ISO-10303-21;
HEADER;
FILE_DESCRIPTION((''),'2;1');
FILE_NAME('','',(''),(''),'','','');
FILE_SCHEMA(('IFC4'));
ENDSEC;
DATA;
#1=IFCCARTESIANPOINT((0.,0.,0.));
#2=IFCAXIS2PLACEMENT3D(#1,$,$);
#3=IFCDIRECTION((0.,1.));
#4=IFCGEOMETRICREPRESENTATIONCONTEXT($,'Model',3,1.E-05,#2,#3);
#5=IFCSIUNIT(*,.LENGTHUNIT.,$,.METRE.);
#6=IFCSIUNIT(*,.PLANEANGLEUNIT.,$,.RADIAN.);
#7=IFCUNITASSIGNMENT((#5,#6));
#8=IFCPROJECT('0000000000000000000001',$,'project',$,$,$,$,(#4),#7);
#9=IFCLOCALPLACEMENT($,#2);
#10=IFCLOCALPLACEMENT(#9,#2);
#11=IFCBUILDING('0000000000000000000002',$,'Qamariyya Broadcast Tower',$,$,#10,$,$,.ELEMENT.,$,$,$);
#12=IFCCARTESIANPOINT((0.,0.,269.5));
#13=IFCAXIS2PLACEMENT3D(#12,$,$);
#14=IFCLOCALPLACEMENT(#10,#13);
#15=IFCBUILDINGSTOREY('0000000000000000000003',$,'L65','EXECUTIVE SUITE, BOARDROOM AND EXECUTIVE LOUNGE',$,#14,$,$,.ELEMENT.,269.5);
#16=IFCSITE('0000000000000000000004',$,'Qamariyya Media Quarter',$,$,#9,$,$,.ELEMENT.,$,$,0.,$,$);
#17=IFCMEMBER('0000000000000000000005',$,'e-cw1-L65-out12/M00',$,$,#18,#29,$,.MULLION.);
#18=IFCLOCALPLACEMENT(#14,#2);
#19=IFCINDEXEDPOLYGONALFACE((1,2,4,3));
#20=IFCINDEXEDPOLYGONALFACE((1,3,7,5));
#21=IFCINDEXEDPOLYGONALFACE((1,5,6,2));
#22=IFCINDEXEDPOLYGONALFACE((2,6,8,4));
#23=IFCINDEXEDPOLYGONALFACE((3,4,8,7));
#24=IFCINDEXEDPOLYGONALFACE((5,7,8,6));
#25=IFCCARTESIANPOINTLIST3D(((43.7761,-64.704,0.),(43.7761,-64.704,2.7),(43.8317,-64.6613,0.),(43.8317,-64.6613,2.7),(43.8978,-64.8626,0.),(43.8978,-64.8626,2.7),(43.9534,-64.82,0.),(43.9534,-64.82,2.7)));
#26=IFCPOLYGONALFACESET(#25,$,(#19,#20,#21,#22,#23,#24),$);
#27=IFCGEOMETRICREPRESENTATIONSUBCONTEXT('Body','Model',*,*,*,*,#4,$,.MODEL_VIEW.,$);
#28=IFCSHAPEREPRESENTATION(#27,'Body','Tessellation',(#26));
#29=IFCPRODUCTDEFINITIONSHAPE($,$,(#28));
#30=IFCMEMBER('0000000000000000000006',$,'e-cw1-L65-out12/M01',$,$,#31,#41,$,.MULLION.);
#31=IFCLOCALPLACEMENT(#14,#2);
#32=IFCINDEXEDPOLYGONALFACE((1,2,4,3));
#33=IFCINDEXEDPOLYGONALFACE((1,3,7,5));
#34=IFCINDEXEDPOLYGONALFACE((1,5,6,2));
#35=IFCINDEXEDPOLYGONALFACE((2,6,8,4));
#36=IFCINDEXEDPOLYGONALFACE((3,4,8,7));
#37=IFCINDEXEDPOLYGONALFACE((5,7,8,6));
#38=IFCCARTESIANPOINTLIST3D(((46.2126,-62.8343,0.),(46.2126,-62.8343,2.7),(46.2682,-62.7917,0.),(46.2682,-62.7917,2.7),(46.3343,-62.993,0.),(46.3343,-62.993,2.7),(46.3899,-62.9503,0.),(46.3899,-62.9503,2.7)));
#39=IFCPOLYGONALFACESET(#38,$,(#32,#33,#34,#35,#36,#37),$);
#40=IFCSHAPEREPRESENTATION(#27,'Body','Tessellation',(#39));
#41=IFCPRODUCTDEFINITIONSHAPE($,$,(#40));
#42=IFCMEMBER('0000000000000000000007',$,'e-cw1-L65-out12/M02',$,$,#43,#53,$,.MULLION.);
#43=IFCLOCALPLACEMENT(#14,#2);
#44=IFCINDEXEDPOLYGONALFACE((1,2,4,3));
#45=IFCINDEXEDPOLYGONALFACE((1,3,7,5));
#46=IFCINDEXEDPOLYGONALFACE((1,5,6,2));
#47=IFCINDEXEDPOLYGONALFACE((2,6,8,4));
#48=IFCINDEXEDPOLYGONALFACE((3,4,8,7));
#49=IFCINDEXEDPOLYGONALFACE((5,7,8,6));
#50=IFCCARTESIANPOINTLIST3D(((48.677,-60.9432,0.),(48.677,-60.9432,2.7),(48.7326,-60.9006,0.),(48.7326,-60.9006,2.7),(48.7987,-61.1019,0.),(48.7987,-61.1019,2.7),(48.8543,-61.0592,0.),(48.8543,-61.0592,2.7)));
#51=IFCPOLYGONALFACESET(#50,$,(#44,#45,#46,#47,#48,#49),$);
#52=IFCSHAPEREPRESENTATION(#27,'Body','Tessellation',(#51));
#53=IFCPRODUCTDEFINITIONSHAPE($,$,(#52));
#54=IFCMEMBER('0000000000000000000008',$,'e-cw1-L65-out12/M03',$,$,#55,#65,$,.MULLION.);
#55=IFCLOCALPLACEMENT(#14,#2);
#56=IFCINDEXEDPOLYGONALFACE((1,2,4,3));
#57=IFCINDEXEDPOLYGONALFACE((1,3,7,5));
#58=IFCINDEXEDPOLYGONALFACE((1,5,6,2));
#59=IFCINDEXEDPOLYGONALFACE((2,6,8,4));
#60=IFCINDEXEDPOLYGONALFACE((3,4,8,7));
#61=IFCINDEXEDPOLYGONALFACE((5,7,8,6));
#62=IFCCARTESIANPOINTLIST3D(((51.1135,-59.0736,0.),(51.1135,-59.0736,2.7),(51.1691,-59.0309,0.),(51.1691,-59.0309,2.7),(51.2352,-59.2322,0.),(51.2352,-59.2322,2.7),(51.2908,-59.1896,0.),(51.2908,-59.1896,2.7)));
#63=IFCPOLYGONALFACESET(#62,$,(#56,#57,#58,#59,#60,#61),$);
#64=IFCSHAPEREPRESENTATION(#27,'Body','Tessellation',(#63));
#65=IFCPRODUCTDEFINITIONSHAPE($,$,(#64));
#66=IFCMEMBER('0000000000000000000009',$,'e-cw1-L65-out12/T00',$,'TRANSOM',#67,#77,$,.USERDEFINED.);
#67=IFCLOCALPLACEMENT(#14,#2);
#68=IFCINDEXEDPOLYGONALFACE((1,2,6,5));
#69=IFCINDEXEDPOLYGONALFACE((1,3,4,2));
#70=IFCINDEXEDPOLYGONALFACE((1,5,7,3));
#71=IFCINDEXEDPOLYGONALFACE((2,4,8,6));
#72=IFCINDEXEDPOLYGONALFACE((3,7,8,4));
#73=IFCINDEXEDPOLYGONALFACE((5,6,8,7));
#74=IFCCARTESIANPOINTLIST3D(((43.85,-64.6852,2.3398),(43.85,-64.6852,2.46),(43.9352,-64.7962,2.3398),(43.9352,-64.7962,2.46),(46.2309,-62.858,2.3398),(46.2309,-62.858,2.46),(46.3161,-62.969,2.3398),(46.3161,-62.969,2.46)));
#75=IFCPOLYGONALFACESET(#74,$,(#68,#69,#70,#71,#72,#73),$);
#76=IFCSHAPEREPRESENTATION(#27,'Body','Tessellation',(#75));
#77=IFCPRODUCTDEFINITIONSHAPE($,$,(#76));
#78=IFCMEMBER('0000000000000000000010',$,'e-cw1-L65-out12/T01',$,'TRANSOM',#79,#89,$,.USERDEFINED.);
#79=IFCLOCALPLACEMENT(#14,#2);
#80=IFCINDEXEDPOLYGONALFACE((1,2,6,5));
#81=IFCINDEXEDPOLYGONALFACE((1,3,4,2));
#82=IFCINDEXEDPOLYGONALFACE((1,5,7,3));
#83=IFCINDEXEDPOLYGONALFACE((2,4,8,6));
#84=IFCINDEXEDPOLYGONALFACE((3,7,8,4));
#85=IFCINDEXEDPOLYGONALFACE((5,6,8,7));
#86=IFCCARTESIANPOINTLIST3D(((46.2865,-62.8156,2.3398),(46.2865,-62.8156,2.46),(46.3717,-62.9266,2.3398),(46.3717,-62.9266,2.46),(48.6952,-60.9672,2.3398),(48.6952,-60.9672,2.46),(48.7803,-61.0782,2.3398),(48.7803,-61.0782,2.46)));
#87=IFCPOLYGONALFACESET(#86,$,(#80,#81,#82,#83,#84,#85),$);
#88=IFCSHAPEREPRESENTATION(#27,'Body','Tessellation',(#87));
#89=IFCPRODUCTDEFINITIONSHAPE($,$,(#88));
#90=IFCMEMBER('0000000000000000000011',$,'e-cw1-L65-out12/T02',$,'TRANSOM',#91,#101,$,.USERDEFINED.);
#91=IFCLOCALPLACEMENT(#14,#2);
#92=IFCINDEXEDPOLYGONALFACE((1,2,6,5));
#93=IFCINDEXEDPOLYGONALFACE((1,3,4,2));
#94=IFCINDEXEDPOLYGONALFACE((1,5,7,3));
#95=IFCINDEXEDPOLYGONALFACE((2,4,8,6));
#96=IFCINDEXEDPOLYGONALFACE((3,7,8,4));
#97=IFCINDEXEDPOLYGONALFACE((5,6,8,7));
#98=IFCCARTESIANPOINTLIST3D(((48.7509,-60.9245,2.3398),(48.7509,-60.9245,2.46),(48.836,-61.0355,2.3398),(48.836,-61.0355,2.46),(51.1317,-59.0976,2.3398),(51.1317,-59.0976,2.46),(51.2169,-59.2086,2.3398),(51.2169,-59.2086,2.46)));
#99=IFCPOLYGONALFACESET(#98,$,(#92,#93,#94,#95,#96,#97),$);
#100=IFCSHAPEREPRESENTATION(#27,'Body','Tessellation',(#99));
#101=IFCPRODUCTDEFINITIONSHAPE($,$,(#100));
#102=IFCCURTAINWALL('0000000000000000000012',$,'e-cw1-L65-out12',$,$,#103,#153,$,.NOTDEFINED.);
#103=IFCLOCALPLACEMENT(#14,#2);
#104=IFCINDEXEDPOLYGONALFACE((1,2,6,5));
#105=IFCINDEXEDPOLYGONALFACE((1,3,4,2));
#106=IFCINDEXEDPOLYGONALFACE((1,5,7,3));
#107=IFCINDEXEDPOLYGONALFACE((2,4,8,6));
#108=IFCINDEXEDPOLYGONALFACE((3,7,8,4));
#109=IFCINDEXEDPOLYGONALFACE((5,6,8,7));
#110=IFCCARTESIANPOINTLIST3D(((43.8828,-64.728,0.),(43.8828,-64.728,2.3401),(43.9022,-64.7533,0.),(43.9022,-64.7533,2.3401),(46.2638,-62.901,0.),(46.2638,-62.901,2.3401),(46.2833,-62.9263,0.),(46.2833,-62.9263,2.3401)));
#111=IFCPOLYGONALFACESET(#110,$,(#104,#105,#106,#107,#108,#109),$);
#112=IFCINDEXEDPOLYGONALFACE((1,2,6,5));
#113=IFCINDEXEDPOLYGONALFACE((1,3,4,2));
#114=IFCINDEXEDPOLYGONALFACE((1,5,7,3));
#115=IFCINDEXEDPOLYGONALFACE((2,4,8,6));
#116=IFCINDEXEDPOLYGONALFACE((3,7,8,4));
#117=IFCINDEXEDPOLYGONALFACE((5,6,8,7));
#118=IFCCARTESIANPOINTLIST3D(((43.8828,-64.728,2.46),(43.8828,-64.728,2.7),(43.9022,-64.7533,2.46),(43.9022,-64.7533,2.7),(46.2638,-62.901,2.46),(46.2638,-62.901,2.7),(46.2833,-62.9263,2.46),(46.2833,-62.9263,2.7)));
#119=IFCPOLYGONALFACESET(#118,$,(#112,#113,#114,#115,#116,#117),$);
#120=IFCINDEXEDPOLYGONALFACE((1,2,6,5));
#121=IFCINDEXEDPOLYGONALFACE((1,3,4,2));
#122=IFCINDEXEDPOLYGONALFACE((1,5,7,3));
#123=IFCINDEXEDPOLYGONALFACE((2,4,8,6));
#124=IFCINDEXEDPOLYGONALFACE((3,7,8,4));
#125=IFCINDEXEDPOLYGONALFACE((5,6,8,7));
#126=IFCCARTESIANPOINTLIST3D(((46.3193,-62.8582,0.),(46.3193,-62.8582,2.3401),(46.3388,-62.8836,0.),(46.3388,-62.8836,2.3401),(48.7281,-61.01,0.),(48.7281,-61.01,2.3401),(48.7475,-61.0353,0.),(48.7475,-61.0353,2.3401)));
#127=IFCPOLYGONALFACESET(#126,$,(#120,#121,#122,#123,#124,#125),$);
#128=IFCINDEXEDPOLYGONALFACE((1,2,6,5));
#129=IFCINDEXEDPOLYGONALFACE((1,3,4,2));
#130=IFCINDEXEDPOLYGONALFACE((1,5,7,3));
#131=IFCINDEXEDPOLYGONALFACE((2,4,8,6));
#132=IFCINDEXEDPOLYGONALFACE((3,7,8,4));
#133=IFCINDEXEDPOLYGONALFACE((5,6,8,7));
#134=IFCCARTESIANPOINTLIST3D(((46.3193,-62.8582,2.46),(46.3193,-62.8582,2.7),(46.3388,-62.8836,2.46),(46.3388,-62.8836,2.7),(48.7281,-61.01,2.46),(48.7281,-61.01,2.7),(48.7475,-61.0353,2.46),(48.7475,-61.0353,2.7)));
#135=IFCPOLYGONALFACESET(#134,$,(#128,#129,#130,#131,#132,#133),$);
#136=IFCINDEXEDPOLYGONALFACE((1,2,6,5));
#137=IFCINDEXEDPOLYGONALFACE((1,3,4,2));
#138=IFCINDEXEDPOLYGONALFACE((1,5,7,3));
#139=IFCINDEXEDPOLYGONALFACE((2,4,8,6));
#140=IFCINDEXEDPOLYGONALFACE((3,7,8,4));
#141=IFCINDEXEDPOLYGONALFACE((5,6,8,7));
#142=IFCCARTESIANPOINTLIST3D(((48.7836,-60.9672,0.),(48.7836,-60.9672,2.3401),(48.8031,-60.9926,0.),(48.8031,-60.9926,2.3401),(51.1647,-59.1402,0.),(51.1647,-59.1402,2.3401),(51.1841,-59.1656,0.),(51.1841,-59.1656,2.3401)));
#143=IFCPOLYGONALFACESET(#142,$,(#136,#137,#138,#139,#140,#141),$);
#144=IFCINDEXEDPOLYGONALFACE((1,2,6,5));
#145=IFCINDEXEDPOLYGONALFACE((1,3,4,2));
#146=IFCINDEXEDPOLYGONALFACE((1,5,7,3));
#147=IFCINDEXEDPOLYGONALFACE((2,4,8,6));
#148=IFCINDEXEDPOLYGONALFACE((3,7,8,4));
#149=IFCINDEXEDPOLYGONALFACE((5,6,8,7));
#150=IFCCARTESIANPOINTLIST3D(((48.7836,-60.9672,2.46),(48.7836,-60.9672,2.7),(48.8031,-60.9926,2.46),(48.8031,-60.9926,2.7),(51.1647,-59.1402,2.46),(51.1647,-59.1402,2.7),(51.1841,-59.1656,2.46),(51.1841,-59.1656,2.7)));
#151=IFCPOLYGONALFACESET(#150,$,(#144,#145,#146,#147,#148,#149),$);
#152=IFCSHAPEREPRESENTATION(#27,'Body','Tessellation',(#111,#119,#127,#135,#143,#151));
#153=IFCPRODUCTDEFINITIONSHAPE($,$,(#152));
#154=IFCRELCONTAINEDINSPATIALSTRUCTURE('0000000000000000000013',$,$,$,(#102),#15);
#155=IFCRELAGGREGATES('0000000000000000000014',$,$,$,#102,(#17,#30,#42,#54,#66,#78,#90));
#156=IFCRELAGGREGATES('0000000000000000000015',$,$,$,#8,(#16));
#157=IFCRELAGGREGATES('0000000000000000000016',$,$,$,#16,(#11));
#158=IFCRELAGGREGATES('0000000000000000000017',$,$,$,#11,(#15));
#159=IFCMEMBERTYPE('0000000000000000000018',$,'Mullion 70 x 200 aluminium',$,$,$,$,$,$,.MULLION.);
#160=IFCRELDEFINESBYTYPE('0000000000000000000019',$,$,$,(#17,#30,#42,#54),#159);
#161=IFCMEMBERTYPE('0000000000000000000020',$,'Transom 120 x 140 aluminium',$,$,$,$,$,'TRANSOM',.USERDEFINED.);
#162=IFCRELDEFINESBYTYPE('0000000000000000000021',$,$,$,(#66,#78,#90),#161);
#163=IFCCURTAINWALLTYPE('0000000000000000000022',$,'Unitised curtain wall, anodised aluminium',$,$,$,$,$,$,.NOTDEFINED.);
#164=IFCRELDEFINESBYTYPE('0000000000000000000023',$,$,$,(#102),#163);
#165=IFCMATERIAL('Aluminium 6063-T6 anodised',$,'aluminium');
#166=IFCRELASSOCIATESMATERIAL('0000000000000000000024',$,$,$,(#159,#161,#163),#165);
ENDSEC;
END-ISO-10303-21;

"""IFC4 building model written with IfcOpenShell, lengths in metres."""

from ifc_helpers import new_model, si_unit, direction, frame, origin, origin_2d, place, context, subcontext, project, spatial, rectangle, extrude, material, material_profile, profile_set, type_object, element, aggregate, save


model = new_model("IFC4")

# Units and contexts
model_context = context("Model", 3, precision=1e-05, world=origin(), true_north=direction((0.0, 1.0)))
body_context = subcontext(model_context, "Body", "Model", "MODEL_VIEW")
ifc_project = project(units=[si_unit("LENGTHUNIT", "METRE"), si_unit("PLANEANGLEUNIT", "RADIAN")], contexts=[model_context])

# Members
ifc_material_1 = material(Name="Aluminium 6063-T6 anodised", Category="aluminium")
ifc_material_profile_1 = material_profile(ifc_material_1, rectangle(XDim=0.2, YDim=0.0701, at=origin_2d()))
ifc_profile_set_1 = profile_set([ifc_material_profile_1], Name="Aluminium 6063-T6 anodised")
member_type_1 = type_object("IfcMemberType", Name="Mullion 70 x 200 aluminium", PredefinedType="MULLION", material=ifc_profile_set_1)
site_placement = place(None, origin())
building_placement = place(site_placement, origin())
storey_placement = place(building_placement, frame((0.0, 0.0, 269.5)))
member_1_placement = place(storey_placement, frame((43.8647, -64.762, 0.0), z_axis=(0.0, 0.0, 1.0), x_axis=(-0.608761, 0.793353, 0.0)))
member_1 = element("IfcMember", 1, at=member_1_placement, type_object=member_type_1, Name="e-cw1-L65-out12/M00", PredefinedType="MULLION", context=body_context, shape_type="SweptSolid", body=[
    extrude(rectangle(XDim=0.2, YDim=0.0701, at=origin_2d()), origin(), (0.0, 0.0, 1.0), 2.7),
])
member_2_placement = place(storey_placement, frame((46.3013, -62.8923, 0.0), z_axis=(0.0, 0.0, 1.0), x_axis=(-0.608761, 0.793353, 0.0)))
member_2 = element("IfcMember", 2, at=member_2_placement, type_object=member_type_1, Name="e-cw1-L65-out12/M01", PredefinedType="MULLION", context=body_context, shape_type="SweptSolid", body=[
    extrude(rectangle(XDim=0.2, YDim=0.0701, at=origin_2d()), origin(), (0.0, 0.0, 1.0), 2.7),
])
member_3_placement = place(storey_placement, frame((48.7656, -61.0012, 0.0), z_axis=(0.0, 0.0, 1.0), x_axis=(-0.608761, 0.793353, 0.0)))
member_3 = element("IfcMember", 3, at=member_3_placement, type_object=member_type_1, Name="e-cw1-L65-out12/M02", PredefinedType="MULLION", context=body_context, shape_type="SweptSolid", body=[
    extrude(rectangle(XDim=0.2, YDim=0.0701, at=origin_2d()), origin(), (0.0, 0.0, 1.0), 2.7),
])
member_4_placement = place(storey_placement, frame((51.2021, -59.1316, 0.0), z_axis=(0.0, 0.0, 1.0), x_axis=(-0.608761, 0.793353, 0.0)))
member_4 = element("IfcMember", 4, at=member_4_placement, type_object=member_type_1, Name="e-cw1-L65-out12/M03", PredefinedType="MULLION", context=body_context, shape_type="SweptSolid", body=[
    extrude(rectangle(XDim=0.2, YDim=0.0701, at=origin_2d()), origin(), (0.0, 0.0, 1.0), 2.7),
])
ifc_material_profile_2 = material_profile(ifc_material_1, rectangle(XDim=0.1399, YDim=0.1201, at=origin_2d()))
ifc_profile_set_2 = profile_set([ifc_material_profile_2], Name="Aluminium 6063-T6 anodised")
member_type_2 = type_object("IfcMemberType", Name="Transom 120 x 140 aluminium", ElementType="TRANSOM", PredefinedType="USERDEFINED", material=ifc_profile_set_2)
member_5_placement = place(storey_placement, frame((43.8926, -64.7407, 2.3999), z_axis=(0.793313, 0.608814, 0.0), x_axis=(-0.608814, 0.793313, 0.0)))
member_5 = element("IfcMember", 5, at=member_5_placement, type_object=member_type_2, Name="e-cw1-L65-out12/T00", ObjectType="TRANSOM", PredefinedType="USERDEFINED", context=body_context, shape_type="SweptSolid", body=[
    extrude(rectangle(XDim=0.1399, YDim=0.1201, at=origin_2d()), origin(), (0.0, 0.0, 1.0), 3.0012),
])
member_6_placement = place(storey_placement, frame((46.3291, -62.8711, 2.3999), z_axis=(0.793332, 0.608789, 0.0), x_axis=(-0.608789, 0.793332, 0.0)))
member_6 = element("IfcMember", 6, at=member_6_placement, type_object=member_type_2, Name="e-cw1-L65-out12/T01", ObjectType="TRANSOM", PredefinedType="USERDEFINED", context=body_context, shape_type="SweptSolid", body=[
    extrude(rectangle(XDim=0.1399, YDim=0.1201, at=origin_2d()), origin(), (0.0, 0.0, 1.0), 3.0361),
])
member_7_placement = place(storey_placement, frame((48.7935, -60.98, 2.3999), z_axis=(0.793352, 0.608763, 0.0), x_axis=(-0.608763, 0.793352, 0.0)))
member_7 = element("IfcMember", 7, at=member_7_placement, type_object=member_type_2, Name="e-cw1-L65-out12/T02", ObjectType="TRANSOM", PredefinedType="USERDEFINED", context=body_context, shape_type="SweptSolid", body=[
    extrude(rectangle(XDim=0.1399, YDim=0.1201, at=origin_2d()), origin(), (0.0, 0.0, 1.0), 3.001),
])

# Site, building, storey
site = spatial("IfcSite", under=ifc_project, at=site_placement, Name="Qamariyya Media Quarter", CompositionType="ELEMENT", RefElevation=0.0)
building = spatial("IfcBuilding", under=site, at=building_placement, Name="Qamariyya Broadcast Tower", CompositionType="ELEMENT")
storey = spatial("IfcBuildingStorey", under=building, at=storey_placement, Name="L65", Description="EXECUTIVE SUITE, BOARDROOM AND EXECUTIVE LOUNGE", CompositionType="ELEMENT", Elevation=269.5)

# Curtain wall
curtain_wall_type = type_object("IfcCurtainWallType", Name="Unitised curtain wall, anodised aluminium", PredefinedType="NOTDEFINED", material=ifc_material_1)
curtain_wall_1_placement = place(storey_placement, origin())
curtain_wall_1 = element("IfcCurtainWall", 8, at=curtain_wall_1_placement, inside=storey, type_object=curtain_wall_type, Name="e-cw1-L65-out12", PredefinedType="NOTDEFINED", context=body_context, shape_type="SweptSolid", body=[
    extrude(rectangle(XDim=3.0012, YDim=0.032, at=origin_2d()), frame((45.083, -63.8271, 0.0), x_axis=(0.793356, 0.608758, 0.0)), (0.0, 0.0, 1.0), 2.3401),
    extrude(rectangle(XDim=3.0012, YDim=0.032, at=origin_2d()), frame((45.083, -63.8271, 2.46), x_axis=(0.793356, 0.608758, 0.0)), (0.0, 0.0, 1.0), 0.24),
    extrude(rectangle(XDim=3.0361, YDim=0.032, at=origin_2d()), frame((47.5334, -61.9468, 0.0), x_axis=(0.793356, 0.608758, 0.0)), (0.0, 0.0, 1.0), 2.3401),
    extrude(rectangle(XDim=3.0361, YDim=0.032, at=origin_2d()), frame((47.5334, -61.9468, 2.46), x_axis=(0.793356, 0.608758, 0.0)), (0.0, 0.0, 1.0), 0.24),
    extrude(rectangle(XDim=3.0012, YDim=0.032, at=origin_2d()), frame((49.9839, -60.0664, 0.0), x_axis=(0.793356, 0.608758, 0.0)), (0.0, 0.0, 1.0), 2.3401),
    extrude(rectangle(XDim=3.0012, YDim=0.032, at=origin_2d()), frame((49.9839, -60.0664, 2.46), x_axis=(0.793356, 0.608758, 0.0)), (0.0, 0.0, 1.0), 0.24),
])
aggregate(curtain_wall_1, [member_1, member_2, member_3, member_4, member_5, member_6, member_7])

save(model, "model.ifc")
